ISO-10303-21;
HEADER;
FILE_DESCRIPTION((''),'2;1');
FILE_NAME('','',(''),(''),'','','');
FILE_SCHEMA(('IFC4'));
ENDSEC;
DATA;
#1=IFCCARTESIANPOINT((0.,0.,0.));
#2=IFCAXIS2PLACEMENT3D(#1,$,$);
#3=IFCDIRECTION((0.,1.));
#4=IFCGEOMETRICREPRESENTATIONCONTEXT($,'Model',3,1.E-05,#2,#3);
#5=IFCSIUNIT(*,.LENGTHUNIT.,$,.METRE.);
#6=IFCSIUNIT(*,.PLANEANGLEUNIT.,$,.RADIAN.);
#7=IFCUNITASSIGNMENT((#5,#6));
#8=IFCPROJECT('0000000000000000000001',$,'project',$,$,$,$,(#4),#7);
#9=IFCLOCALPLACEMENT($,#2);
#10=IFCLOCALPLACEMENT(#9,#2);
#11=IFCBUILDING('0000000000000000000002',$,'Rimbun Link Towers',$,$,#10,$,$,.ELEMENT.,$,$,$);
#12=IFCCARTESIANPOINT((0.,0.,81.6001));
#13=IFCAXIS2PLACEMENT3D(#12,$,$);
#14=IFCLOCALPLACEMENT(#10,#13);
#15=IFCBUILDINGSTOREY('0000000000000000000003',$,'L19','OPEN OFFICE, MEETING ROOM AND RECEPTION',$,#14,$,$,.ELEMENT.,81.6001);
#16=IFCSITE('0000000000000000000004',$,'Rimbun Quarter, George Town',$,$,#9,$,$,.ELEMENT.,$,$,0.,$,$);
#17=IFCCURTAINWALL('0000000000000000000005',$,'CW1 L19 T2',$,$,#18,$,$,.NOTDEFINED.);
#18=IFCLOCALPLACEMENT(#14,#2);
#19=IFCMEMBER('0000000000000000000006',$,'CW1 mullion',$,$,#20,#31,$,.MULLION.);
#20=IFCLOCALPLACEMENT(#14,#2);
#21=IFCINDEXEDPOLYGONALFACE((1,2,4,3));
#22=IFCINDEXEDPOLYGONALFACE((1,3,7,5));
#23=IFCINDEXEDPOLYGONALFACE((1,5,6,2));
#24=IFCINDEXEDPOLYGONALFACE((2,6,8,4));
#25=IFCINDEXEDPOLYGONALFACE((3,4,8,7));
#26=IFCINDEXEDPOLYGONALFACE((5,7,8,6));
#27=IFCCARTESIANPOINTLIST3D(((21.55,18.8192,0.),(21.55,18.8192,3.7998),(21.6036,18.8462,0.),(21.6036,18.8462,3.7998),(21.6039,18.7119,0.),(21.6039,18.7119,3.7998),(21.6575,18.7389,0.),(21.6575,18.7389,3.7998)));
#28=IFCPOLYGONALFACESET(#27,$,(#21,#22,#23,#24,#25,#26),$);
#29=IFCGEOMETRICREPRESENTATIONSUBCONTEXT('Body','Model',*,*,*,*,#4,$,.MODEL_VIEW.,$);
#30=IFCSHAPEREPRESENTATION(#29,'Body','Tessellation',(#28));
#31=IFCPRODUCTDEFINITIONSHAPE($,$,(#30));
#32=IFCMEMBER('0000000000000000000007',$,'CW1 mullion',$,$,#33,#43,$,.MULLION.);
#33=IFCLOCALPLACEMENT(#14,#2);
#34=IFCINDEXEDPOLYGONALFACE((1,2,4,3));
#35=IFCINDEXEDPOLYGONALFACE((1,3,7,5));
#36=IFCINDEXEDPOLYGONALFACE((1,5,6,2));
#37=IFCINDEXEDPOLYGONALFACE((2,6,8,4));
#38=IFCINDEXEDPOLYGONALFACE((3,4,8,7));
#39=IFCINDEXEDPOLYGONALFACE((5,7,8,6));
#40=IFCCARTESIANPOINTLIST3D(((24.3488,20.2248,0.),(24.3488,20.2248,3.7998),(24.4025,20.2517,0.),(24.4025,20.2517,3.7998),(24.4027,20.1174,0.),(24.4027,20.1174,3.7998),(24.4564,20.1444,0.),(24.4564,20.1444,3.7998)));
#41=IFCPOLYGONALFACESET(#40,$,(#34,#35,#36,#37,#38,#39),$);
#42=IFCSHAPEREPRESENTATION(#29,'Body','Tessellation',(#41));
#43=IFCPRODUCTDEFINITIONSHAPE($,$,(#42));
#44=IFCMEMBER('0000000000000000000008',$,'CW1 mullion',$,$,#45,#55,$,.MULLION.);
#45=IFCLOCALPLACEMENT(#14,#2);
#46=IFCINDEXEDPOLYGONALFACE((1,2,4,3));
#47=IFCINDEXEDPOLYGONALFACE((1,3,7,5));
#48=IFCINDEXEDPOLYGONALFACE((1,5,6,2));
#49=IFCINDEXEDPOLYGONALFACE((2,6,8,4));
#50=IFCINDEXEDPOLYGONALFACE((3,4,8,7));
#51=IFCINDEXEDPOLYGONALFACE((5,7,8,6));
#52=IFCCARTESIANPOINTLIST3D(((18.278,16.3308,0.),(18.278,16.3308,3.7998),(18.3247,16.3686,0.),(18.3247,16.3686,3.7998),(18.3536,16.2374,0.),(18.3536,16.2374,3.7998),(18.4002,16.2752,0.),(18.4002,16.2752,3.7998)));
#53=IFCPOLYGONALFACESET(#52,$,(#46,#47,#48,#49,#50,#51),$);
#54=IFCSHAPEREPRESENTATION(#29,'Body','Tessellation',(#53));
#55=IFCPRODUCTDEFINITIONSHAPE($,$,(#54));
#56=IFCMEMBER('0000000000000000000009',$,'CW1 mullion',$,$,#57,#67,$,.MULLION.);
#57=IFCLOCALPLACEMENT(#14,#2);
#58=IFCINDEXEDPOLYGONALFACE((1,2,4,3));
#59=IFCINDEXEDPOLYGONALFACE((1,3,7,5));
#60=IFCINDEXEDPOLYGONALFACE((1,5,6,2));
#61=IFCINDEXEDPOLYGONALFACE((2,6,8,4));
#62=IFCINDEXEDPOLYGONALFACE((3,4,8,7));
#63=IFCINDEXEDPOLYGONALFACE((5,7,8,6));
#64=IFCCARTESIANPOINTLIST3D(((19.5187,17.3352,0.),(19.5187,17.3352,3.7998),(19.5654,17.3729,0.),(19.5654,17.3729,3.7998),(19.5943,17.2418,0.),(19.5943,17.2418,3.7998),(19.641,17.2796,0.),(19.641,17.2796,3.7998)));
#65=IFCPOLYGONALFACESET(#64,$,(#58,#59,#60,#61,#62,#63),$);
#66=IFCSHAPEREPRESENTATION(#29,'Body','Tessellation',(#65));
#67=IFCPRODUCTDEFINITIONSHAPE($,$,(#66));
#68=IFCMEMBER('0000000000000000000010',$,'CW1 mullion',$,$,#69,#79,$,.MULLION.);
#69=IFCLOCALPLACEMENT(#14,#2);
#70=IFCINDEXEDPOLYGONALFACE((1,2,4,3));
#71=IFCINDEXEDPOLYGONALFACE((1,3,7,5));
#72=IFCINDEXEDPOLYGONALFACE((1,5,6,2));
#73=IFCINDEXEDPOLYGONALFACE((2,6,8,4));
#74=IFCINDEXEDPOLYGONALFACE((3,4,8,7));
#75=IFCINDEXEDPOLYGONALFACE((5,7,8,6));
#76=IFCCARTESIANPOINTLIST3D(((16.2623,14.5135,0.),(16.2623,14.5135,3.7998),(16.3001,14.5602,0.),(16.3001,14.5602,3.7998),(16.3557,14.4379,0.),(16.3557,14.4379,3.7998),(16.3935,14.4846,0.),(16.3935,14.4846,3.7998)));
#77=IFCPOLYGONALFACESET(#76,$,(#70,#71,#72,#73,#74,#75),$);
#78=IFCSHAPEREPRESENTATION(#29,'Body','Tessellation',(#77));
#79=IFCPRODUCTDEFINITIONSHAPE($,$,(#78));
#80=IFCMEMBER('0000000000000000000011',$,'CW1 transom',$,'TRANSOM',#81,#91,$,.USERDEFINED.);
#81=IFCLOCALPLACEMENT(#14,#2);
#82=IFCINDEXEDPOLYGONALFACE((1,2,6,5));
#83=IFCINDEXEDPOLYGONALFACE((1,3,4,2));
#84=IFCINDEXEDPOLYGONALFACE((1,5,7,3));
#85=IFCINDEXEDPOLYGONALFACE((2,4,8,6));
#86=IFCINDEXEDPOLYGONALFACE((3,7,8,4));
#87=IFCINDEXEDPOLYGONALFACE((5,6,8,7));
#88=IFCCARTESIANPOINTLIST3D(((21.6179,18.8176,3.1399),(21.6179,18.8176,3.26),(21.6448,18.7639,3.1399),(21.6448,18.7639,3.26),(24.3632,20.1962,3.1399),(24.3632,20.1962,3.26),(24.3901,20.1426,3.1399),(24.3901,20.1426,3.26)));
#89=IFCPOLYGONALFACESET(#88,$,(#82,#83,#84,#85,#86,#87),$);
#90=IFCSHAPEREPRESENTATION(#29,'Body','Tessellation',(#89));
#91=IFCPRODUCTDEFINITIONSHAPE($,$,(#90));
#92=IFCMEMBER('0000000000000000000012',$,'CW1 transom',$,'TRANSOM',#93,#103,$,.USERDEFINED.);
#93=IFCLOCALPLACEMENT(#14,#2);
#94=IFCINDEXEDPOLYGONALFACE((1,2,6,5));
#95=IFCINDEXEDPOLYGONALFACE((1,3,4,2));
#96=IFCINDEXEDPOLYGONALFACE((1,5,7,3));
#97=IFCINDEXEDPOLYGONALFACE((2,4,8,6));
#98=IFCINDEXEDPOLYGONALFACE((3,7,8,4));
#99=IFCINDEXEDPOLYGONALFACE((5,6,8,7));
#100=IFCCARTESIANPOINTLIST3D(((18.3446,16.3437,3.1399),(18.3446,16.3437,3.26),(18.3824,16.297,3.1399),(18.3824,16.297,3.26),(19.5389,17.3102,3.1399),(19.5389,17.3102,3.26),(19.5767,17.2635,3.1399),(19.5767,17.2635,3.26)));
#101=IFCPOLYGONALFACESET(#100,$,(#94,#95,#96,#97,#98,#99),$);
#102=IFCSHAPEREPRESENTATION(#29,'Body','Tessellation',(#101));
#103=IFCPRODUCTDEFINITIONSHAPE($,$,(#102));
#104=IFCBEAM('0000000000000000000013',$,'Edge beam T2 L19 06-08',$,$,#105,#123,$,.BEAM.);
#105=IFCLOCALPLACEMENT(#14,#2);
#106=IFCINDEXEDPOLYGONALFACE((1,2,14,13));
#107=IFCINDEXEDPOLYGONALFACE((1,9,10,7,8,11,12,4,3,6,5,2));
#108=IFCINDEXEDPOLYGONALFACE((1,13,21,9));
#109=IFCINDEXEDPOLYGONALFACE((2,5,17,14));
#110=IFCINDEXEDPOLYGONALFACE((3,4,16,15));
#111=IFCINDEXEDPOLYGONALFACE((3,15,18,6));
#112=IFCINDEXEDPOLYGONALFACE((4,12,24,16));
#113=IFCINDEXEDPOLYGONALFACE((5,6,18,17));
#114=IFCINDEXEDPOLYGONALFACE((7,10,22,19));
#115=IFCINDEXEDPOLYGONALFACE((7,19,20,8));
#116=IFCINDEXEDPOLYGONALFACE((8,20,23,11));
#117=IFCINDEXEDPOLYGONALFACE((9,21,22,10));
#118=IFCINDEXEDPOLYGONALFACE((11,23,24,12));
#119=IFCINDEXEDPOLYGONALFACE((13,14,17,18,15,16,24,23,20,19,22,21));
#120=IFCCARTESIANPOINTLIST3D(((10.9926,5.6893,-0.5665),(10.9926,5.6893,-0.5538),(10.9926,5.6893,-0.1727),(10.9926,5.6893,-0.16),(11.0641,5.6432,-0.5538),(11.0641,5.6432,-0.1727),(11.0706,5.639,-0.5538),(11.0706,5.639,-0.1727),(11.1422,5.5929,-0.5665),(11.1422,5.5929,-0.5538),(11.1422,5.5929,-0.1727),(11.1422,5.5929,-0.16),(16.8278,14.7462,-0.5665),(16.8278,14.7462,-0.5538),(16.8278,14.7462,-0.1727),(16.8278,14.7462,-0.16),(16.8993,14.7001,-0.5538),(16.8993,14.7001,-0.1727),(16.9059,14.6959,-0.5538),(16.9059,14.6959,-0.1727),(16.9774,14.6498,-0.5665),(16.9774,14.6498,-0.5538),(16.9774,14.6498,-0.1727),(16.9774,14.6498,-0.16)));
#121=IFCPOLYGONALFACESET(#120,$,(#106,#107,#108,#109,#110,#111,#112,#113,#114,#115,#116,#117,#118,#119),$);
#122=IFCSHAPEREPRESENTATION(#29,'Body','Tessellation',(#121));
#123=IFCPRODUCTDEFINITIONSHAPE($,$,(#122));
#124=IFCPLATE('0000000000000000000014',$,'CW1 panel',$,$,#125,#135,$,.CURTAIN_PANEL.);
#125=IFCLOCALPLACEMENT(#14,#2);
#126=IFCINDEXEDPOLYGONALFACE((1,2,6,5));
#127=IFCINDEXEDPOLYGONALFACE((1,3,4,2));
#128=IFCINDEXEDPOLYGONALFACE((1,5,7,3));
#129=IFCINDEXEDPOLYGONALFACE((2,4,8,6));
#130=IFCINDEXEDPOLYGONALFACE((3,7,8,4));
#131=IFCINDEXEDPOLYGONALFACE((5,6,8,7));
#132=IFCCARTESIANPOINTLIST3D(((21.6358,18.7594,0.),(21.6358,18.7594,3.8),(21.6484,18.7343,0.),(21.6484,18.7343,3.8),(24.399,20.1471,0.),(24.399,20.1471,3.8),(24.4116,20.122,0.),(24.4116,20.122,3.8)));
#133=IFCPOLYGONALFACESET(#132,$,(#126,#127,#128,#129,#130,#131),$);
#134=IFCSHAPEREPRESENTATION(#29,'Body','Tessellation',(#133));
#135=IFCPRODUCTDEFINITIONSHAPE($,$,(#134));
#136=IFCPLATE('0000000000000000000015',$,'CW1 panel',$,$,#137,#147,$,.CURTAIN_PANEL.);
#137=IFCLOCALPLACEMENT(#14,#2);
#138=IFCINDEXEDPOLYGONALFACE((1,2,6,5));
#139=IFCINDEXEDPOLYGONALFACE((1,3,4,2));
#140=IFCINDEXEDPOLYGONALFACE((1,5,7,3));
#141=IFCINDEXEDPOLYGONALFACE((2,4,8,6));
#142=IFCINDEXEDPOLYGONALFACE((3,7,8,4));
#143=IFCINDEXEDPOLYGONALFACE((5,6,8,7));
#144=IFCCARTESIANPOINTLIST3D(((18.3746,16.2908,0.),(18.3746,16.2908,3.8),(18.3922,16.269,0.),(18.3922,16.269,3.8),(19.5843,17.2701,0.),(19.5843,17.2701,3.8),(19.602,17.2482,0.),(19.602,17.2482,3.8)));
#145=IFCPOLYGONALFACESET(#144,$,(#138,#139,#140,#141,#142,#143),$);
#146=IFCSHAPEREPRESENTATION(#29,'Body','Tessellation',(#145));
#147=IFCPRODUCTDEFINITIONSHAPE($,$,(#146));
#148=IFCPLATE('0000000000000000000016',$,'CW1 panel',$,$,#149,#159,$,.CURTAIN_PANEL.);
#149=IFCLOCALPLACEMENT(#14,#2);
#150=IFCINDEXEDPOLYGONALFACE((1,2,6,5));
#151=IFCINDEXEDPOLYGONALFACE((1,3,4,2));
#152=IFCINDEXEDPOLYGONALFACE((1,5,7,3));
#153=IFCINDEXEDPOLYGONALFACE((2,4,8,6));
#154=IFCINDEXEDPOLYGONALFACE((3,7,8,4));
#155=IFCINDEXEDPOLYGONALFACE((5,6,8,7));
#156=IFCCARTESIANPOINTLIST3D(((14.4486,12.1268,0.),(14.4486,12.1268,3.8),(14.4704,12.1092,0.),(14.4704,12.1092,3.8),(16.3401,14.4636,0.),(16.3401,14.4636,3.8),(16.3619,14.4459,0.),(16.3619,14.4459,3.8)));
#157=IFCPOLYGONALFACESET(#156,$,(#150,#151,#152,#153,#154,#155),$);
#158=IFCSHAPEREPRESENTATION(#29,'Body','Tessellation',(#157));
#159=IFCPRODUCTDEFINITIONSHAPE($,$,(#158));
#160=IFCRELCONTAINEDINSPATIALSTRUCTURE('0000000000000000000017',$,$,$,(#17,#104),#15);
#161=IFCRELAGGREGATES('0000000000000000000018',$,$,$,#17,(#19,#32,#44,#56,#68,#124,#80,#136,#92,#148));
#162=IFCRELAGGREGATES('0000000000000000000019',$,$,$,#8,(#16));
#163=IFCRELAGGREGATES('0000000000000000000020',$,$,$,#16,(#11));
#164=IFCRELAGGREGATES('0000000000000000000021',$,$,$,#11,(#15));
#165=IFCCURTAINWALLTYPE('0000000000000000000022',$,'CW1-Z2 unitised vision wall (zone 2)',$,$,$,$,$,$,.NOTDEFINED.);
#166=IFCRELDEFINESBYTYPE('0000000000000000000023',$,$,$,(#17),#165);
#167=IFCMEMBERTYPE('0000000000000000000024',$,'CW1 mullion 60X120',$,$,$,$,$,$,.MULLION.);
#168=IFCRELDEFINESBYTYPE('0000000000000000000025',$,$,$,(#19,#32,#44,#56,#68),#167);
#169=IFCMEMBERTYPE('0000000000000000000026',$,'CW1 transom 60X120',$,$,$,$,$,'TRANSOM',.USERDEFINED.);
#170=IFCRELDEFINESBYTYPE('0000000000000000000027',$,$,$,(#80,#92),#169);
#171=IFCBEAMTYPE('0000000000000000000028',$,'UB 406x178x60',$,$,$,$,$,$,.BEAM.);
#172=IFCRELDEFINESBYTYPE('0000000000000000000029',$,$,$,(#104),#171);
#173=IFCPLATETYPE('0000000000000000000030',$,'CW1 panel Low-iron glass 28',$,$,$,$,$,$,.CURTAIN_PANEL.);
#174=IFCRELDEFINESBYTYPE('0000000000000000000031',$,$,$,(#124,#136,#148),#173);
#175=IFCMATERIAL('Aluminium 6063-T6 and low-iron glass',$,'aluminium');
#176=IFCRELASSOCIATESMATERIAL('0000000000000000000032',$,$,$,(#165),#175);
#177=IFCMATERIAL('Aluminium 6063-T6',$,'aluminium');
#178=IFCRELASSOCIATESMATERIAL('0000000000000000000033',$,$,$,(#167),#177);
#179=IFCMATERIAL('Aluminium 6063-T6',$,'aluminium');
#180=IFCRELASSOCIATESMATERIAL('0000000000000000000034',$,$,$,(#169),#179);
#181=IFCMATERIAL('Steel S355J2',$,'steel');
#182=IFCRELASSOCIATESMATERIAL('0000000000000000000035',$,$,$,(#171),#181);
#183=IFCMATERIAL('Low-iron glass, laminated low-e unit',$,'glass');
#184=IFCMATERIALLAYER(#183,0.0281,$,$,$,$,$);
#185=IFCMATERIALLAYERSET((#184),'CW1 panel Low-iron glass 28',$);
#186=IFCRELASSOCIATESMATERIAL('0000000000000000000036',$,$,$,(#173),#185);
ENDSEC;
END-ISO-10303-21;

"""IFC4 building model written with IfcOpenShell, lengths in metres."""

from ifc_helpers import new_model, si_unit, direction, frame, origin, origin_2d, place, context, subcontext, project, spatial, rectangle, i_section, extrude, material, layer, layer_set, material_profile, profile_set, type_object, element, aggregate, save


model = new_model("IFC4")

# Units and contexts
model_context = context("Model", 3, precision=1e-05, world=origin(), true_north=direction((0.0, 1.0)))
body_context = subcontext(model_context, "Body", "Model", "MODEL_VIEW")
ifc_project = project(units=[si_unit("LENGTHUNIT", "METRE"), si_unit("PLANEANGLEUNIT", "RADIAN")], contexts=[model_context])

# Site, building, storey
site_placement = place(None, origin())
site = spatial("IfcSite", under=ifc_project, at=site_placement, Name="Rimbun Quarter, George Town", CompositionType="ELEMENT", RefElevation=0.0)
building_placement = place(site_placement, origin())
building = spatial("IfcBuilding", under=site, at=building_placement, Name="Rimbun Link Towers", CompositionType="ELEMENT")
storey_placement = place(building_placement, frame((0.0, 0.0, 81.6001)))
storey = spatial("IfcBuildingStorey", under=building, at=storey_placement, Name="L19", Description="OPEN OFFICE, MEETING ROOM AND RECEPTION", CompositionType="ELEMENT", Elevation=81.6001)

# Curtain wall, members
ifc_material_1 = material(Name="Aluminium 6063-T6 and low-iron glass", Category="aluminium")
curtain_wall_type = type_object("IfcCurtainWallType", Name="CW1-Z2 unitised vision wall (zone 2)", PredefinedType="NOTDEFINED", material=ifc_material_1)
curtain_wall_placement = place(storey_placement, origin())
curtain_wall = element("IfcCurtainWall", 1, at=curtain_wall_placement, inside=storey, type_object=curtain_wall_type, Name="CW1 L19 T2", PredefinedType="NOTDEFINED")
ifc_material_2 = material(Name="Aluminium 6063-T6", Category="aluminium")
ifc_material_profile_1 = material_profile(ifc_material_2, rectangle(XDim=0.1201, YDim=0.0601, at=origin_2d()), Name="MULLION 60X120")
ifc_profile_set_1 = profile_set([ifc_material_profile_1], Name="Aluminium 6063-T6")
member_type_1 = type_object("IfcMemberType", Name="CW1 mullion 60X120", PredefinedType="MULLION", material=ifc_profile_set_1)
member_1_placement = place(storey_placement, frame((21.6038, 18.7791, 0.0), z_axis=(0.0, 0.0, 1.0), x_axis=(-0.44879, 0.893637, 0.0)))
member_1 = element("IfcMember", 2, at=member_1_placement, type_object=member_type_1, Name="CW1 mullion", PredefinedType="MULLION", context=body_context, shape_type="SweptSolid", body=[
    extrude(rectangle(XDim=0.1201, YDim=0.0601, at=origin_2d()), origin(), (0.0, 0.0, 1.0), 3.7998),
])
member_2_placement = place(storey_placement, frame((24.4026, 20.1846, 0.0), z_axis=(0.0, 0.0, 1.0), x_axis=(-0.44879, 0.893637, 0.0)))
member_2 = element("IfcMember", 3, at=member_2_placement, type_object=member_type_1, Name="CW1 mullion", PredefinedType="MULLION", context=body_context, shape_type="SweptSolid", body=[
    extrude(rectangle(XDim=0.1201, YDim=0.0601, at=origin_2d()), origin(), (0.0, 0.0, 1.0), 3.7998),
])
member_3_placement = place(storey_placement, frame((18.3391, 16.303, 0.0), z_axis=(0.0, 0.0, 1.0), x_axis=(-0.629159, 0.777276, 0.0)))
member_3 = element("IfcMember", 4, at=member_3_placement, type_object=member_type_1, Name="CW1 mullion", PredefinedType="MULLION", context=body_context, shape_type="SweptSolid", body=[
    extrude(rectangle(XDim=0.1201, YDim=0.0601, at=origin_2d()), origin(), (0.0, 0.0, 1.0), 3.7998),
])
member_4_placement = place(storey_placement, frame((19.5798, 17.3074, 0.0), z_axis=(0.0, 0.0, 1.0), x_axis=(-0.629159, 0.777276, 0.0)))
member_4 = element("IfcMember", 5, at=member_4_placement, type_object=member_type_1, Name="CW1 mullion", PredefinedType="MULLION", context=body_context, shape_type="SweptSolid", body=[
    extrude(rectangle(XDim=0.1201, YDim=0.0601, at=origin_2d()), origin(), (0.0, 0.0, 1.0), 3.7998),
])
member_5_placement = place(storey_placement, frame((16.3279, 14.499, 0.0), z_axis=(0.0, 0.0, 1.0), x_axis=(-0.777276, 0.629159, 0.0)))
member_5 = element("IfcMember", 6, at=member_5_placement, type_object=member_type_1, Name="CW1 mullion", PredefinedType="MULLION", context=body_context, shape_type="SweptSolid", body=[
    extrude(rectangle(XDim=0.1201, YDim=0.0601, at=origin_2d()), origin(), (0.0, 0.0, 1.0), 3.7998),
])
ifc_material_3 = material(Name="Aluminium 6063-T6", Category="aluminium")
ifc_material_profile_2 = material_profile(ifc_material_3, rectangle(XDim=0.0601, YDim=0.1201, at=origin_2d()), Name="TRANSOM 60X120")
ifc_profile_set_2 = profile_set([ifc_material_profile_2], Name="Aluminium 6063-T6")
member_type_2 = type_object("IfcMemberType", Name="CW1 transom 60X120", ElementType="TRANSOM", PredefinedType="USERDEFINED", material=ifc_profile_set_2)
member_6_placement = place(storey_placement, frame((21.6313, 18.7908, 3.2), z_axis=(0.893647, 0.448771, 0.0), x_axis=(-0.448771, 0.893647, 0.0)))
member_6 = element("IfcMember", 7, at=member_6_placement, type_object=member_type_2, Name="CW1 transom", ObjectType="TRANSOM", PredefinedType="USERDEFINED", context=body_context, shape_type="SweptSolid", body=[
    extrude(rectangle(XDim=0.0601, YDim=0.1201, at=origin_2d()), origin(), (0.0, 0.0, 1.0), 3.072),
])
member_7_placement = place(storey_placement, frame((18.3635, 16.3203, 3.2), z_axis=(0.777337, 0.629084, 0.0), x_axis=(-0.629084, 0.777337, 0.0)))
member_7 = element("IfcMember", 8, at=member_7_placement, type_object=member_type_2, Name="CW1 transom", ObjectType="TRANSOM", PredefinedType="USERDEFINED", context=body_context, shape_type="SweptSolid", body=[
    extrude(rectangle(XDim=0.0601, YDim=0.1201, at=origin_2d()), origin(), (0.0, 0.0, 1.0), 1.5364),
])

# Beam
ifc_material_4 = material(Name="Steel S355J2", Category="steel")
ifc_material_profile_3 = material_profile(ifc_material_4, i_section(OverallWidth=0.178, OverallDepth=0.4065, WebThickness=0.0078, FlangeThickness=0.0127, at=origin_2d()), Name="UB 406x178x60")
ifc_profile_set_3 = profile_set([ifc_material_profile_3], Name="Steel S355J2")
beam_type = type_object("IfcBeamType", Name="UB 406x178x60", PredefinedType="BEAM", material=ifc_profile_set_3)
beam_placement = place(storey_placement, frame((16.9026, 14.698, -0.3633), z_axis=(-0.541606, -0.840632, 0.0), x_axis=(0.840632, -0.541606, 0.0)))
element("IfcBeam", 9, at=beam_placement, inside=storey, type_object=beam_type, Name="Edge beam T2 L19 06-08", PredefinedType="BEAM", context=body_context, shape_type="SweptSolid", body=[
    extrude(i_section(OverallWidth=0.178, OverallDepth=0.4065, WebThickness=0.0078, FlangeThickness=0.0127, at=origin_2d()), origin(), (0.0, 0.0, 1.0), 10.7739),
])

# Plates
ifc_material_5 = material(Name="Low-iron glass, laminated low-e unit", Category="glass")
ifc_layer_1 = layer(ifc_material_5, 0.0281)
ifc_layer_set_1 = layer_set([ifc_layer_1], Name="CW1 panel Low-iron glass 28")
plate_type = type_object("IfcPlateType", Name="CW1 panel Low-iron glass 28", PredefinedType="CURTAIN_PANEL", material=ifc_layer_set_1)
plate_1_placement = place(storey_placement, frame((23.0237, 19.4407, 0.0), z_axis=(0.0, 0.0, 1.0), x_axis=(0.893637, 0.44879, 0.0)))
plate_1 = element("IfcPlate", 10, at=plate_1_placement, type_object=plate_type, Name="CW1 panel", PredefinedType="CURTAIN_PANEL", context=body_context, shape_type="SweptSolid", body=[
    extrude(rectangle(XDim=3.092, YDim=0.0281, at=origin_2d()), origin(), (0.0, 0.0, 1.0), 3.8),
])
plate_2_placement = place(storey_placement, frame((18.9883, 16.7695, 0.0), z_axis=(0.0, 0.0, 1.0), x_axis=(0.777276, 0.629159, 0.0)))
plate_2 = element("IfcPlate", 11, at=plate_2_placement, type_object=plate_type, Name="CW1 panel", PredefinedType="CURTAIN_PANEL", context=body_context, shape_type="SweptSolid", body=[
    extrude(rectangle(XDim=1.5564, YDim=0.0281, at=origin_2d()), origin(), (0.0, 0.0, 1.0), 3.8),
])
plate_3_placement = place(storey_placement, frame((15.4053, 13.2864, 0.0), z_axis=(0.0, 0.0, 1.0), x_axis=(0.629159, 0.777276, 0.0)))
plate_3 = element("IfcPlate", 12, at=plate_3_placement, type_object=plate_type, Name="CW1 panel", PredefinedType="CURTAIN_PANEL", context=body_context, shape_type="SweptSolid", body=[
    extrude(rectangle(XDim=3.0063, YDim=0.0281, at=origin_2d()), origin(), (0.0, 0.0, 1.0), 3.8),
])
aggregate(curtain_wall, [member_1, member_2, member_3, member_4, member_5, plate_1, member_6, plate_2, member_7, plate_3])

save(model, "model.ifc")
